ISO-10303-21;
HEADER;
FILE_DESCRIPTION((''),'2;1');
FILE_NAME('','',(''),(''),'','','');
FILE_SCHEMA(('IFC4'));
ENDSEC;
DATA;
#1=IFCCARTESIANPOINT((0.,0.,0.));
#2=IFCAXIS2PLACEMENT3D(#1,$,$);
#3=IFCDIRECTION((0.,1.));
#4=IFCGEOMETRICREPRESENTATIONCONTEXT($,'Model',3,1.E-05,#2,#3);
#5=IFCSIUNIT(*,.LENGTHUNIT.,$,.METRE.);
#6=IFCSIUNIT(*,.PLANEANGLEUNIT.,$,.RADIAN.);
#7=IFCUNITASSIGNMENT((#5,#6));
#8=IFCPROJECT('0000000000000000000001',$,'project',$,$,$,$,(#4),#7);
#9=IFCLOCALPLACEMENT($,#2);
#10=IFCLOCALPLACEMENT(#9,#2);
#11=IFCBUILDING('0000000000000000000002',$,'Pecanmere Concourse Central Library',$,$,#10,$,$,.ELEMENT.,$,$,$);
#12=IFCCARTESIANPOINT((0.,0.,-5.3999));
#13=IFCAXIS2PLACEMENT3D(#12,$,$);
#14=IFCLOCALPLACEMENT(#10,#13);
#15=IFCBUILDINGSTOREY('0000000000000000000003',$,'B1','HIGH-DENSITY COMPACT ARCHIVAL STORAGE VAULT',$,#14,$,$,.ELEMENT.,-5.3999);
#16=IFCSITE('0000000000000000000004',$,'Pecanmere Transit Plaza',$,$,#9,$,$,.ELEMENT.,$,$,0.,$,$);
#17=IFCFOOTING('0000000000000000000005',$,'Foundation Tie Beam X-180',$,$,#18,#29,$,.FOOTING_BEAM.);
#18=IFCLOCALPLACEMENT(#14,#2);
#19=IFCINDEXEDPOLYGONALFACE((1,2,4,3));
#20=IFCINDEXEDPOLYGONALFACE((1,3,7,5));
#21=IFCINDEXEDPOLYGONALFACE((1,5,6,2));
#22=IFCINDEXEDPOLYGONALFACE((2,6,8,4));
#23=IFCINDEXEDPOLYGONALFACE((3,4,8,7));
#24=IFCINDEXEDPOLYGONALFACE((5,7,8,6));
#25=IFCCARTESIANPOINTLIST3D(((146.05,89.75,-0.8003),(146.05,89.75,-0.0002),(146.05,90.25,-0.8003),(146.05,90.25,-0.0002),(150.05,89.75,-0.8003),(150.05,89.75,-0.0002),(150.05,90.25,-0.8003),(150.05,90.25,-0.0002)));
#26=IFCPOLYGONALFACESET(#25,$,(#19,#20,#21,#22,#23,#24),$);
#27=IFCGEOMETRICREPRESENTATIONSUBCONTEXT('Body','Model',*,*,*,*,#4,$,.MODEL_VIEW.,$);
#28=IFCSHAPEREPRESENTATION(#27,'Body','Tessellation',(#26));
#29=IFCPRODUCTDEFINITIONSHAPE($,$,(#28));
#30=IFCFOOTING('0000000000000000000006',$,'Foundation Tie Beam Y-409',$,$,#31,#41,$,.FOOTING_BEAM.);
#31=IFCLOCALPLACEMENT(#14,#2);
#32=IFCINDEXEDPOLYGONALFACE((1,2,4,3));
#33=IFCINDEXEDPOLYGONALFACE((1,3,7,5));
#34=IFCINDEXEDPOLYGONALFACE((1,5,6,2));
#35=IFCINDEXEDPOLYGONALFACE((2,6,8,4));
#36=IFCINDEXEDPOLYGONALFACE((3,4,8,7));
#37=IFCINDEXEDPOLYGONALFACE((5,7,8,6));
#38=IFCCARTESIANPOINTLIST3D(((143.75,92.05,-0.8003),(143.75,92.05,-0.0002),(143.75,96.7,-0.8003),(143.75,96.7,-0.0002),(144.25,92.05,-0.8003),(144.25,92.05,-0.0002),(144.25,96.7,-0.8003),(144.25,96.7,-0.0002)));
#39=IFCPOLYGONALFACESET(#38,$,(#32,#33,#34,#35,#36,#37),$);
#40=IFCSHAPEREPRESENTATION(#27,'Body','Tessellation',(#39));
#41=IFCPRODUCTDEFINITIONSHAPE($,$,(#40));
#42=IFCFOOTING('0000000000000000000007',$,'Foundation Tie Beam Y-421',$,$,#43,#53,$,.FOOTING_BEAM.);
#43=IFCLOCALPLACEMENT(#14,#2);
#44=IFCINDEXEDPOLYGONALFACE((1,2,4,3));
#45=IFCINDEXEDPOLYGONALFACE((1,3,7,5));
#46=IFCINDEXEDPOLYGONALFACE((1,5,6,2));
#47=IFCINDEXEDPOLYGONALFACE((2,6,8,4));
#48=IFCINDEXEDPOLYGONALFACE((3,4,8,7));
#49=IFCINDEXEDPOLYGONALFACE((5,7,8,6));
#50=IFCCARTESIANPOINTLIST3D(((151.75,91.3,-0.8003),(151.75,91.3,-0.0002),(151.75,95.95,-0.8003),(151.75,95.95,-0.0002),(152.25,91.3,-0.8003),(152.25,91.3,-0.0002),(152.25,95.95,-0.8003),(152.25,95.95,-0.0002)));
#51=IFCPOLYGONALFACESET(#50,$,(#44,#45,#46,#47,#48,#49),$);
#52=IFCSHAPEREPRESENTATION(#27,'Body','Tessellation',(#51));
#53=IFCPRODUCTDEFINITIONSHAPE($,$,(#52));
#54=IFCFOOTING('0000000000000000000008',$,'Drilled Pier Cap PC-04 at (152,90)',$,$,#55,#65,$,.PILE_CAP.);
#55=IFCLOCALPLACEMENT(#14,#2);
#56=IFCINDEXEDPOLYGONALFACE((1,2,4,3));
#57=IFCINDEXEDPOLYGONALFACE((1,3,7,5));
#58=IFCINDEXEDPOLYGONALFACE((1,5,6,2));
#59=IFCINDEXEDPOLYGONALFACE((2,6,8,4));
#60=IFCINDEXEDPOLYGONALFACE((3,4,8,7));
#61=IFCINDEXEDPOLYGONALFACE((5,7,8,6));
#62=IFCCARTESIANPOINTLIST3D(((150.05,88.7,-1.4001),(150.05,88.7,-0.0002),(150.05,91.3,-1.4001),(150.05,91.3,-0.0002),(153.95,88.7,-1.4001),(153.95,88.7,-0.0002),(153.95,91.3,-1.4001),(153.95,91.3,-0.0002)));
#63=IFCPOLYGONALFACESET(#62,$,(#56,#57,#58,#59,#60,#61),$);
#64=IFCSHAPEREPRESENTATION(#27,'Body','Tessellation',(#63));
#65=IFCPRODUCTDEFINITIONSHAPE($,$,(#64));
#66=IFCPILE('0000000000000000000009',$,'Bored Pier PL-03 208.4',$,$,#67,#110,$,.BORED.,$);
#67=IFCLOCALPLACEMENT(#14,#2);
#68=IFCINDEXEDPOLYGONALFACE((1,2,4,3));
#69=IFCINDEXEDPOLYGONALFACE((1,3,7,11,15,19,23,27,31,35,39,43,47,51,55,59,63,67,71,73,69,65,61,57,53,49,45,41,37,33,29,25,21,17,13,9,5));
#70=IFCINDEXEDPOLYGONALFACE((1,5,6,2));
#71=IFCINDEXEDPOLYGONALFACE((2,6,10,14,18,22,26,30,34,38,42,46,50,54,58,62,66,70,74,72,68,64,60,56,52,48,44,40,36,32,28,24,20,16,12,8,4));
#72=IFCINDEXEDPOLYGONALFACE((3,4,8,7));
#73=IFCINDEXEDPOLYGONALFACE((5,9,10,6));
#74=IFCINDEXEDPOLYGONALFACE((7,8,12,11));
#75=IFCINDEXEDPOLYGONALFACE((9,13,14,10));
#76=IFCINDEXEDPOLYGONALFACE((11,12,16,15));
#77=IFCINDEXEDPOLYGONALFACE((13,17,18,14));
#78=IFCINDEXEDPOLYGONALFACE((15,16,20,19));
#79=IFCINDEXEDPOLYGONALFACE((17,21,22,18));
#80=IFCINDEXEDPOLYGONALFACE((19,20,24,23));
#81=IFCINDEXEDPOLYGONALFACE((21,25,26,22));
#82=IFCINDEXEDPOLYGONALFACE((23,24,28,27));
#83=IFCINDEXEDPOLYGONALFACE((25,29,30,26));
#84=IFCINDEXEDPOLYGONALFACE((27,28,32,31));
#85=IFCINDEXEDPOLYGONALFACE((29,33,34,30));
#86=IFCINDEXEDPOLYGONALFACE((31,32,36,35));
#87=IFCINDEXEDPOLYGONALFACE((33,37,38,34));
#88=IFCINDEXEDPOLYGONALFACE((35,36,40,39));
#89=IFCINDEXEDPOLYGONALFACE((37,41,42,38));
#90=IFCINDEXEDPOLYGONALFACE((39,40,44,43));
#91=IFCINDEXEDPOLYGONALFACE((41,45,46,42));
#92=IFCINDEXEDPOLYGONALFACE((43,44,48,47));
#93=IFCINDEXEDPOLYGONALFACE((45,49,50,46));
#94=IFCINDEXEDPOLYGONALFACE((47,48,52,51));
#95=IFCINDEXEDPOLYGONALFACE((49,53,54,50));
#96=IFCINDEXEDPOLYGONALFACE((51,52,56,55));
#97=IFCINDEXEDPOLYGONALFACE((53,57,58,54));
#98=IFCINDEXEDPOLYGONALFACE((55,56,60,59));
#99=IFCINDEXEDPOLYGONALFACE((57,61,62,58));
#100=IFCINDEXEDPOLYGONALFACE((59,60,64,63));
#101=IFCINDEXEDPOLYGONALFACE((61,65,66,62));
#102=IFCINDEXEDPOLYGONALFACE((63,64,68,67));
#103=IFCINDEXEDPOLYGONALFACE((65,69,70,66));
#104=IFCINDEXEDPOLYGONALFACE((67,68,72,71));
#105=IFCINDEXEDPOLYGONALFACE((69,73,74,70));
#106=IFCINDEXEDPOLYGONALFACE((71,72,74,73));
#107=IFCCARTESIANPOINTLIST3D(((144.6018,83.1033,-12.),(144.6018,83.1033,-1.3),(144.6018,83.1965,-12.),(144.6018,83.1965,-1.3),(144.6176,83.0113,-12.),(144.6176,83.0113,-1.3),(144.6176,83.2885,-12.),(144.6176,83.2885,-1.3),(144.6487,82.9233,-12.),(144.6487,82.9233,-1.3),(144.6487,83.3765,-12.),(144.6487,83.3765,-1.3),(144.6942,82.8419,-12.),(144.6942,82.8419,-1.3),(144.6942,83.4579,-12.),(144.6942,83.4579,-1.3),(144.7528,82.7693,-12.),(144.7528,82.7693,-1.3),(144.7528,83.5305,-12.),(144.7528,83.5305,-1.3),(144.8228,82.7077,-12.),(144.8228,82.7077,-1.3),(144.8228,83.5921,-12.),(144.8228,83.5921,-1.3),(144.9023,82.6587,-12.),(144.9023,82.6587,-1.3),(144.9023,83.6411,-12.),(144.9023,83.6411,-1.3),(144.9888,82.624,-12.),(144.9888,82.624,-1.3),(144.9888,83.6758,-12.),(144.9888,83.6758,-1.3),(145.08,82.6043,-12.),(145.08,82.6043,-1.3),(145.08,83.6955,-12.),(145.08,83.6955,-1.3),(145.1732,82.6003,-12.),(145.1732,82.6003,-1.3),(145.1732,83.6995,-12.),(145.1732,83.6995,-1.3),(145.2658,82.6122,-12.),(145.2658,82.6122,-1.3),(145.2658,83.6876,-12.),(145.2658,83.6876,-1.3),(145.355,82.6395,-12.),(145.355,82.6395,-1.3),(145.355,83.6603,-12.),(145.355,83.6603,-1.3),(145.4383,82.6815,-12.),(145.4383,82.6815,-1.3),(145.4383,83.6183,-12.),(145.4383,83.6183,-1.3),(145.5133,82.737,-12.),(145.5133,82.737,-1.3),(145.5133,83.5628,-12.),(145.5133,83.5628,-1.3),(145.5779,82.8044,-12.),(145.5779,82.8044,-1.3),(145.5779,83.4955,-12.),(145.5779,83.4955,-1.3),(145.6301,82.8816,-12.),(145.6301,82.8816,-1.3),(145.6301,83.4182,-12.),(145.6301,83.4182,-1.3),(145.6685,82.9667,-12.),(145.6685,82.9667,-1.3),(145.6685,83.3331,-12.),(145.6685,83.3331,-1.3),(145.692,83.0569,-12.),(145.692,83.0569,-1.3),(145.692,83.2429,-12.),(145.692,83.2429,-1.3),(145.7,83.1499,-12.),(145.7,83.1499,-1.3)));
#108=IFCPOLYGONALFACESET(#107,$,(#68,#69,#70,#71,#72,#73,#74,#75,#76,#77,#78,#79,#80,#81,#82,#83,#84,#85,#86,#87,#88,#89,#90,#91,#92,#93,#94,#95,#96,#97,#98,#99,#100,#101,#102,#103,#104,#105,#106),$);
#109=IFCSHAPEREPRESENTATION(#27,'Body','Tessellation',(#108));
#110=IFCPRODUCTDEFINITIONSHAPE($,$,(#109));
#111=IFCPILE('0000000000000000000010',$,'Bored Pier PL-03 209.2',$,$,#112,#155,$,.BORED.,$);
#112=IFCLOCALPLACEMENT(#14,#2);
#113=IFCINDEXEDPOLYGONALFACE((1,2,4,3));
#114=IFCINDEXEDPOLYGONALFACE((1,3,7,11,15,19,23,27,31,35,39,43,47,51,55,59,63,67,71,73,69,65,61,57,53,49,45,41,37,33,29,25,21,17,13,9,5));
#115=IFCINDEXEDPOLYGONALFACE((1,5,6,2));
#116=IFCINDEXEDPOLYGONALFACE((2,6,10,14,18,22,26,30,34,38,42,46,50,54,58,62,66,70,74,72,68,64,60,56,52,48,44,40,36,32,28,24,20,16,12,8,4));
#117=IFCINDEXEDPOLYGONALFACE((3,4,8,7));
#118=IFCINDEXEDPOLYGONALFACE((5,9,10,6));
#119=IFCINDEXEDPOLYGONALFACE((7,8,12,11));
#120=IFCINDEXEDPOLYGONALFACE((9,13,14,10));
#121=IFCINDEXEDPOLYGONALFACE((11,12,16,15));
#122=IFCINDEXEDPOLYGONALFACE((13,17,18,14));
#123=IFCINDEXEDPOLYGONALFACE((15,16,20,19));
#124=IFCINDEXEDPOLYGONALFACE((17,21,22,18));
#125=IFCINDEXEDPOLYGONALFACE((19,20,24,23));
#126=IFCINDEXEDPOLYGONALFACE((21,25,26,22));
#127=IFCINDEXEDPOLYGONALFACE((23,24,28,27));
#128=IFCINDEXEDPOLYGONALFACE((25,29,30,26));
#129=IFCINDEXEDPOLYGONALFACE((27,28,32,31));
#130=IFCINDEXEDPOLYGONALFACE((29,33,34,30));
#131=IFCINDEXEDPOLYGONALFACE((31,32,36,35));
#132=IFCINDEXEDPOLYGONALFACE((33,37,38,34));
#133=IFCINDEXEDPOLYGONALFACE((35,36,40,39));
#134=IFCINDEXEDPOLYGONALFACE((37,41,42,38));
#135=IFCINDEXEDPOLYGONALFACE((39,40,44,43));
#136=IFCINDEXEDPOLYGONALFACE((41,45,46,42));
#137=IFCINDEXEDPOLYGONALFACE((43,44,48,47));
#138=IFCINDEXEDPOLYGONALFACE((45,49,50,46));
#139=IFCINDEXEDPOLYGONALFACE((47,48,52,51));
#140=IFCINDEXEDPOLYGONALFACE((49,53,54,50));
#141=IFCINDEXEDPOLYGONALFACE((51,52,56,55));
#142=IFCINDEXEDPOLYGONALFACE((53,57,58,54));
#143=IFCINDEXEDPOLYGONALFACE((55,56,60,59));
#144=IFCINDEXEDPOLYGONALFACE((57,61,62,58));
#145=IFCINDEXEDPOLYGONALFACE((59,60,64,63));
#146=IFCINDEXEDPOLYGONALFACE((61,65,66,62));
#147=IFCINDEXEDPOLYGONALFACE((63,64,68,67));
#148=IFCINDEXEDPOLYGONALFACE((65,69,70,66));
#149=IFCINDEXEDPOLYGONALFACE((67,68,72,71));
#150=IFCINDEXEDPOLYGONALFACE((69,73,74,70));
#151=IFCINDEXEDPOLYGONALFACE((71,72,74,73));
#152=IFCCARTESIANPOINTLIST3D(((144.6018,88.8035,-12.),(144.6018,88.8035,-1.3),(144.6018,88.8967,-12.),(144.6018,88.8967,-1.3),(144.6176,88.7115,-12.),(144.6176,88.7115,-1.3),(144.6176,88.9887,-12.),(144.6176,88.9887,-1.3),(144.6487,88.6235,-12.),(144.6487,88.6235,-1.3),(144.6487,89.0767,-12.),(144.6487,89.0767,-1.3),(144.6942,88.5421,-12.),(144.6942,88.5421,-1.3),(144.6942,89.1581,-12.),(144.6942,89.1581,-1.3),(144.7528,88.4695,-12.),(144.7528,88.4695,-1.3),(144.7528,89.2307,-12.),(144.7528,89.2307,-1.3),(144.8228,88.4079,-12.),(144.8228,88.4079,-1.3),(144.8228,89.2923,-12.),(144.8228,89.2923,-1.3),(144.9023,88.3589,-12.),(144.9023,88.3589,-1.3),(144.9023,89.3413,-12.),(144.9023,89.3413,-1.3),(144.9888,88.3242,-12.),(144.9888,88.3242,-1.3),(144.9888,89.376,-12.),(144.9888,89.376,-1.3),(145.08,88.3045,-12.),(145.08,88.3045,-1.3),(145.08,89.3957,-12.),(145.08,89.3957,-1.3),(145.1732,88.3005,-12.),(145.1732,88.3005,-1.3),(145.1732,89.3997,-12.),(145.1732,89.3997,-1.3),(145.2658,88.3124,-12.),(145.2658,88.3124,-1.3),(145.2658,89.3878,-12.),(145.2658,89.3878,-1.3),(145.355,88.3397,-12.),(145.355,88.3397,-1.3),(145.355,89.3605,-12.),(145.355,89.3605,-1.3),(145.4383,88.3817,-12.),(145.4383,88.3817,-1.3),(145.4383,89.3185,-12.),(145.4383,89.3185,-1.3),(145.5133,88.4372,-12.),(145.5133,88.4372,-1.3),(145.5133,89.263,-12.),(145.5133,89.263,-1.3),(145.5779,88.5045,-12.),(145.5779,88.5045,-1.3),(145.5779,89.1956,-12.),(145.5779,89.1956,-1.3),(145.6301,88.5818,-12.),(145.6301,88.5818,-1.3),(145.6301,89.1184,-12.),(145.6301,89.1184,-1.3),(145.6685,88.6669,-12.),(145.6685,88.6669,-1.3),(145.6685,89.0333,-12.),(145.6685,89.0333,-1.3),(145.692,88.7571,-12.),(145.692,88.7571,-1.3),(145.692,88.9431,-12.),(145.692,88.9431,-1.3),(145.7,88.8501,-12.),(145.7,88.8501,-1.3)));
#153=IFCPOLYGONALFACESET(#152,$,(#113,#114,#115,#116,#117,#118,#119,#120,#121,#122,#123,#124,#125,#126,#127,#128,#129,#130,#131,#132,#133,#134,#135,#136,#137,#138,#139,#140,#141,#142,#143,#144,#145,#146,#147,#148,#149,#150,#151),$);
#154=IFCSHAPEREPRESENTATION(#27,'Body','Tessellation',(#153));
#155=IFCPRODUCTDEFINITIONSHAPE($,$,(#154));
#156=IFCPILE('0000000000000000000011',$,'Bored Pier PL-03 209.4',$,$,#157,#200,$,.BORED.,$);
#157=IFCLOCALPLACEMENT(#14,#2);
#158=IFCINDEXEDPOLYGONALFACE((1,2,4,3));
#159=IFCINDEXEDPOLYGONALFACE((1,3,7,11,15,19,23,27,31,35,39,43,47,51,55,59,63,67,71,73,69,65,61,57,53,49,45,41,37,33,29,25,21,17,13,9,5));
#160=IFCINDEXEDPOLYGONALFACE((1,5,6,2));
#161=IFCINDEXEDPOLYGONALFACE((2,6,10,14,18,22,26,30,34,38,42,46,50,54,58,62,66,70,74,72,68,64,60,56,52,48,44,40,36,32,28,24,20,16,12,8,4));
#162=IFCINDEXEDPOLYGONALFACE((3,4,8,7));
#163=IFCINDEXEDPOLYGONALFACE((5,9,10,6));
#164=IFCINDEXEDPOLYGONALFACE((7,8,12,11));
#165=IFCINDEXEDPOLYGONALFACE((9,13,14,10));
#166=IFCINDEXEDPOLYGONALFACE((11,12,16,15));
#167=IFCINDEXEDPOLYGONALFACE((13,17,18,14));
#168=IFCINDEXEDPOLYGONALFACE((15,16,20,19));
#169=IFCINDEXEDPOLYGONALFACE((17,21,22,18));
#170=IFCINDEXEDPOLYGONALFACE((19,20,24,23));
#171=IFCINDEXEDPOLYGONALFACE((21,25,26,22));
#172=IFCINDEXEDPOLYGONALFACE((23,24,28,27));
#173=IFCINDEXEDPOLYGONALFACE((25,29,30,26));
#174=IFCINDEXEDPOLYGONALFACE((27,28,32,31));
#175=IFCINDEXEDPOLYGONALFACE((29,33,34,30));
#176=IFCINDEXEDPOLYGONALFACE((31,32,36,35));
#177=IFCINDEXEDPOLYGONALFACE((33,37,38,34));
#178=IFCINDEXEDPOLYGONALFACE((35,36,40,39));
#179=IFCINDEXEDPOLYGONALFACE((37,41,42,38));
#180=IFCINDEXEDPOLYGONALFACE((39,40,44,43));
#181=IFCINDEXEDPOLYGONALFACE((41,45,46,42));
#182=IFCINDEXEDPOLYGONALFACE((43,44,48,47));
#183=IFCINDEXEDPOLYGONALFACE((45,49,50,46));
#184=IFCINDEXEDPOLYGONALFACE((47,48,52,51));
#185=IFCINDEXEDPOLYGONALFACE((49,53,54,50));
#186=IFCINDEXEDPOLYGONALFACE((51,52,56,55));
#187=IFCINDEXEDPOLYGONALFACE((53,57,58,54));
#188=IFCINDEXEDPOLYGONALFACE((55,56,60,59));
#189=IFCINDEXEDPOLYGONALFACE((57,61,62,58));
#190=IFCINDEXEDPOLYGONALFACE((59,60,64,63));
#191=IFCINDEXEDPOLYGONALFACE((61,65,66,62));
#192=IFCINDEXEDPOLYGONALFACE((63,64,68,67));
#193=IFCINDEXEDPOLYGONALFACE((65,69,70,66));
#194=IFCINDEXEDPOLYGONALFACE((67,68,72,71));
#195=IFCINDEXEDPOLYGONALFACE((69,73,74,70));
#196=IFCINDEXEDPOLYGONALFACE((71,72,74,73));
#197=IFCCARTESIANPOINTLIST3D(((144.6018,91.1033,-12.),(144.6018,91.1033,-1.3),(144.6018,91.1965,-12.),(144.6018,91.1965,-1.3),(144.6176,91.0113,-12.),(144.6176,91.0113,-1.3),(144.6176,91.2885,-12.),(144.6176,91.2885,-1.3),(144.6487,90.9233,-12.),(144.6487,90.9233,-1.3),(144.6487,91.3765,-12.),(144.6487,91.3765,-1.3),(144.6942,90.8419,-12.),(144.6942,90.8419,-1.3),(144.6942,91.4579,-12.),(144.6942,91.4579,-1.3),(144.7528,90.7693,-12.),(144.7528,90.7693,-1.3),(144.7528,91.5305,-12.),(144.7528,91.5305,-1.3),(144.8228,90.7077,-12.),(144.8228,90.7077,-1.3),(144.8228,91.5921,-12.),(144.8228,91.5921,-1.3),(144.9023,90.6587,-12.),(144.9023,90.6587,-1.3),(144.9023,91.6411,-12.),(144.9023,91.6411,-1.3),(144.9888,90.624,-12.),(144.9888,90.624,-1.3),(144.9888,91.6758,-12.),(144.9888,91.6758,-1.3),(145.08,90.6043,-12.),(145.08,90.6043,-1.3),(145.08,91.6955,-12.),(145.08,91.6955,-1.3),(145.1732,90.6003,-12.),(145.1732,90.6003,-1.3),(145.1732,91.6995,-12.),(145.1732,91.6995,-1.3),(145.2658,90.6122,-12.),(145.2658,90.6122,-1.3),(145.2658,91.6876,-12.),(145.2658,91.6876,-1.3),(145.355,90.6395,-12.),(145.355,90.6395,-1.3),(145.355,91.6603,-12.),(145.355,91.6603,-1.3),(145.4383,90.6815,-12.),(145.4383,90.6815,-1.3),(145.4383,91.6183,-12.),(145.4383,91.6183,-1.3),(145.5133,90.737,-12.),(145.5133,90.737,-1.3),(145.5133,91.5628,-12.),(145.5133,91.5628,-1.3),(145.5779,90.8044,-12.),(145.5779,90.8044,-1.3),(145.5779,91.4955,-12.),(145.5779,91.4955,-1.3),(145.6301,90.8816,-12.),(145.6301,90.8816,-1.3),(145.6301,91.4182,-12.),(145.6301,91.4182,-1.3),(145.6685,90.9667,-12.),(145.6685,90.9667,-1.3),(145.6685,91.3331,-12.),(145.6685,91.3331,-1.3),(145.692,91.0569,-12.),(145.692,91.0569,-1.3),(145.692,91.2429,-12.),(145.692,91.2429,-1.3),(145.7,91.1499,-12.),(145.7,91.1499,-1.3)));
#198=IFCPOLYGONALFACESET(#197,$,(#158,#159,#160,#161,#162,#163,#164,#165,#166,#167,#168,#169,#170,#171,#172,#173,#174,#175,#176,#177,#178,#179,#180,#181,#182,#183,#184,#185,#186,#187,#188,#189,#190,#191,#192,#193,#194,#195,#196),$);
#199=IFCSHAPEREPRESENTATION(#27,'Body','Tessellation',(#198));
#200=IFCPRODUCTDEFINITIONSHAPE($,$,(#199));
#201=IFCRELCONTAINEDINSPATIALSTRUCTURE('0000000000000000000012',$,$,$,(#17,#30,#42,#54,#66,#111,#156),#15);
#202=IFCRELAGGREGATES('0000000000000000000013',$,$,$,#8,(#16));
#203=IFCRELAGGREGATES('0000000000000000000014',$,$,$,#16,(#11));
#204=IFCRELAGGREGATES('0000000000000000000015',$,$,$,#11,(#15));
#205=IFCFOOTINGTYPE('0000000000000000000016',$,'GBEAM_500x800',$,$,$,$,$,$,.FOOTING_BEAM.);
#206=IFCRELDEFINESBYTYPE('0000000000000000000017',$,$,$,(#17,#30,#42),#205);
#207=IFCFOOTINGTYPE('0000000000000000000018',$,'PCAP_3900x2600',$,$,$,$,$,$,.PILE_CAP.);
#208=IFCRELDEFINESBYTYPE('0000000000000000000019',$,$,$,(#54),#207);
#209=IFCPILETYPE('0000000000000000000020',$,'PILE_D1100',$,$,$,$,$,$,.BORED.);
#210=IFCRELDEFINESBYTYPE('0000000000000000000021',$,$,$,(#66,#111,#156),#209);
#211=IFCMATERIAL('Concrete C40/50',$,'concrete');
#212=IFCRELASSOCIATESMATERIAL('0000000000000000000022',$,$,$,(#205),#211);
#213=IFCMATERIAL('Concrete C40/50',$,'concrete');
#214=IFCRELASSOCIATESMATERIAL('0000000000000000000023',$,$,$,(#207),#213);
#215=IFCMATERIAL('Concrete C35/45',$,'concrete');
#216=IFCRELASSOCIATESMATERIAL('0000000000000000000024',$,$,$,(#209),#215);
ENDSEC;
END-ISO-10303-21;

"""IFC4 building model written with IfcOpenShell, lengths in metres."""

from ifc_helpers import new_model, si_unit, direction, frame, origin, origin_2d, place, context, subcontext, project, spatial, rectangle, circle, extrude, material, material_profile, profile_set, type_object, element, save


model = new_model("IFC4")

# Units and contexts
model_context = context("Model", 3, precision=1e-05, world=origin(), true_north=direction((0.0, 1.0)))
body_context = subcontext(model_context, "Body", "Model", "MODEL_VIEW")
ifc_project = project(units=[si_unit("LENGTHUNIT", "METRE"), si_unit("PLANEANGLEUNIT", "RADIAN")], contexts=[model_context])

# Site, building, storey
site_placement = place(None, origin())
site = spatial("IfcSite", under=ifc_project, at=site_placement, Name="Pecanmere Transit Plaza", CompositionType="ELEMENT", RefElevation=0.0)
building_placement = place(site_placement, origin())
building = spatial("IfcBuilding", under=site, at=building_placement, Name="Pecanmere Concourse Central Library", CompositionType="ELEMENT")
storey_placement = place(building_placement, frame((0.0, 0.0, -5.3999)))
storey = spatial("IfcBuildingStorey", under=building, at=storey_placement, Name="B1", Description="HIGH-DENSITY COMPACT ARCHIVAL STORAGE VAULT", CompositionType="ELEMENT", Elevation=-5.3999)

# Footings
ifc_material_1 = material(Name="Concrete C40/50", Category="concrete")
ifc_material_profile_1 = material_profile(ifc_material_1, rectangle(XDim=0.5, YDim=0.8, at=origin_2d()), Name="RC 500x800")
ifc_profile_set_1 = profile_set([ifc_material_profile_1], Name="Concrete C40/50")
footing_type_1 = type_object("IfcFootingType", Name="GBEAM_500x800", PredefinedType="FOOTING_BEAM", material=ifc_profile_set_1)
footing_1_placement = place(storey_placement, frame((148.05, 90.0, -0.8003), z_axis=(0.0, 0.0, 1.0), x_axis=(1.0, 0.0, 0.0)))
element("IfcFooting", 1, at=footing_1_placement, inside=storey, type_object=footing_type_1, Name="Foundation Tie Beam X-180", PredefinedType="FOOTING_BEAM", context=body_context, shape_type="SweptSolid", body=[
    extrude(rectangle(XDim=4.0, YDim=0.5, at=origin_2d()), origin(), (0.0, 0.0, 1.0), 0.8),
])
for number, where, z_axis, x_axis, name in (
    (2, (144.0, 94.375, -0.8003), (0.0, 0.0, 1.0), (0.0, 1.0, 0.0), "Foundation Tie Beam Y-409"),
    (3, (152.0, 93.625, -0.8003), (0.0, 0.0, 1.0), (0.0, 1.0, 0.0), "Foundation Tie Beam Y-421"),
):
    element("IfcFooting", number, at=place(storey_placement, frame(where, z_axis=z_axis, x_axis=x_axis)), inside=storey, type_object=footing_type_1, Name=name, PredefinedType="FOOTING_BEAM", context=body_context, shape_type="SweptSolid", body=[
        extrude(rectangle(XDim=4.6499, YDim=0.5, at=origin_2d()), origin(), (0.0, 0.0, 1.0), 0.8),
    ])
ifc_material_2 = material(Name="Concrete C40/50", Category="concrete")
footing_type_2 = type_object("IfcFootingType", Name="PCAP_3900x2600", PredefinedType="PILE_CAP", material=ifc_material_2)
footing_2_placement = place(storey_placement, frame((152.0, 90.0, -1.4001), z_axis=(0.0, 0.0, 1.0), x_axis=(1.0, 0.0, 0.0)))
element("IfcFooting", 4, at=footing_2_placement, inside=storey, type_object=footing_type_2, Name="Drilled Pier Cap PC-04 at (152,90)", PredefinedType="PILE_CAP", context=body_context, shape_type="SweptSolid", body=[
    extrude(rectangle(XDim=3.8999, YDim=2.6001, at=origin_2d()), origin(), (0.0, 0.0, 1.0), 1.3999),
])

# Piles
ifc_material_3 = material(Name="Concrete C35/45", Category="concrete")
ifc_material_profile_2 = material_profile(ifc_material_3, circle(Radius=0.55, at=origin_2d()), Name="PIER D1100")
ifc_profile_set_2 = profile_set([ifc_material_profile_2], Name="Concrete C35/45")
pile_type_1 = type_object("IfcPileType", Name="PILE_D1100", PredefinedType="BORED", material=ifc_profile_set_2)
for number, where, z_axis, x_axis, name in (
    (5, (145.1499, 83.1499, -1.3), (0.0, 0.0, -1.0), (1.0, 0.0, 0.0), "Bored Pier PL-03 208.4"),
    (6, (145.1499, 88.8501, -1.3), (0.0, 0.0, -1.0), (1.0, 0.0, 0.0), "Bored Pier PL-03 209.2"),
    (7, (145.1499, 91.1499, -1.3), (0.0, 0.0, -1.0), (1.0, 0.0, 0.0), "Bored Pier PL-03 209.4"),
):
    element("IfcPile", number, at=place(storey_placement, frame(where, z_axis=z_axis, x_axis=x_axis)), inside=storey, type_object=pile_type_1, Name=name, PredefinedType="BORED", context=body_context, shape_type="SweptSolid", body=[
        extrude(circle(Radius=0.55, at=origin_2d()), origin(), (0.0, 0.0, 1.0), 10.7),
    ])

save(model, "model.ifc")
